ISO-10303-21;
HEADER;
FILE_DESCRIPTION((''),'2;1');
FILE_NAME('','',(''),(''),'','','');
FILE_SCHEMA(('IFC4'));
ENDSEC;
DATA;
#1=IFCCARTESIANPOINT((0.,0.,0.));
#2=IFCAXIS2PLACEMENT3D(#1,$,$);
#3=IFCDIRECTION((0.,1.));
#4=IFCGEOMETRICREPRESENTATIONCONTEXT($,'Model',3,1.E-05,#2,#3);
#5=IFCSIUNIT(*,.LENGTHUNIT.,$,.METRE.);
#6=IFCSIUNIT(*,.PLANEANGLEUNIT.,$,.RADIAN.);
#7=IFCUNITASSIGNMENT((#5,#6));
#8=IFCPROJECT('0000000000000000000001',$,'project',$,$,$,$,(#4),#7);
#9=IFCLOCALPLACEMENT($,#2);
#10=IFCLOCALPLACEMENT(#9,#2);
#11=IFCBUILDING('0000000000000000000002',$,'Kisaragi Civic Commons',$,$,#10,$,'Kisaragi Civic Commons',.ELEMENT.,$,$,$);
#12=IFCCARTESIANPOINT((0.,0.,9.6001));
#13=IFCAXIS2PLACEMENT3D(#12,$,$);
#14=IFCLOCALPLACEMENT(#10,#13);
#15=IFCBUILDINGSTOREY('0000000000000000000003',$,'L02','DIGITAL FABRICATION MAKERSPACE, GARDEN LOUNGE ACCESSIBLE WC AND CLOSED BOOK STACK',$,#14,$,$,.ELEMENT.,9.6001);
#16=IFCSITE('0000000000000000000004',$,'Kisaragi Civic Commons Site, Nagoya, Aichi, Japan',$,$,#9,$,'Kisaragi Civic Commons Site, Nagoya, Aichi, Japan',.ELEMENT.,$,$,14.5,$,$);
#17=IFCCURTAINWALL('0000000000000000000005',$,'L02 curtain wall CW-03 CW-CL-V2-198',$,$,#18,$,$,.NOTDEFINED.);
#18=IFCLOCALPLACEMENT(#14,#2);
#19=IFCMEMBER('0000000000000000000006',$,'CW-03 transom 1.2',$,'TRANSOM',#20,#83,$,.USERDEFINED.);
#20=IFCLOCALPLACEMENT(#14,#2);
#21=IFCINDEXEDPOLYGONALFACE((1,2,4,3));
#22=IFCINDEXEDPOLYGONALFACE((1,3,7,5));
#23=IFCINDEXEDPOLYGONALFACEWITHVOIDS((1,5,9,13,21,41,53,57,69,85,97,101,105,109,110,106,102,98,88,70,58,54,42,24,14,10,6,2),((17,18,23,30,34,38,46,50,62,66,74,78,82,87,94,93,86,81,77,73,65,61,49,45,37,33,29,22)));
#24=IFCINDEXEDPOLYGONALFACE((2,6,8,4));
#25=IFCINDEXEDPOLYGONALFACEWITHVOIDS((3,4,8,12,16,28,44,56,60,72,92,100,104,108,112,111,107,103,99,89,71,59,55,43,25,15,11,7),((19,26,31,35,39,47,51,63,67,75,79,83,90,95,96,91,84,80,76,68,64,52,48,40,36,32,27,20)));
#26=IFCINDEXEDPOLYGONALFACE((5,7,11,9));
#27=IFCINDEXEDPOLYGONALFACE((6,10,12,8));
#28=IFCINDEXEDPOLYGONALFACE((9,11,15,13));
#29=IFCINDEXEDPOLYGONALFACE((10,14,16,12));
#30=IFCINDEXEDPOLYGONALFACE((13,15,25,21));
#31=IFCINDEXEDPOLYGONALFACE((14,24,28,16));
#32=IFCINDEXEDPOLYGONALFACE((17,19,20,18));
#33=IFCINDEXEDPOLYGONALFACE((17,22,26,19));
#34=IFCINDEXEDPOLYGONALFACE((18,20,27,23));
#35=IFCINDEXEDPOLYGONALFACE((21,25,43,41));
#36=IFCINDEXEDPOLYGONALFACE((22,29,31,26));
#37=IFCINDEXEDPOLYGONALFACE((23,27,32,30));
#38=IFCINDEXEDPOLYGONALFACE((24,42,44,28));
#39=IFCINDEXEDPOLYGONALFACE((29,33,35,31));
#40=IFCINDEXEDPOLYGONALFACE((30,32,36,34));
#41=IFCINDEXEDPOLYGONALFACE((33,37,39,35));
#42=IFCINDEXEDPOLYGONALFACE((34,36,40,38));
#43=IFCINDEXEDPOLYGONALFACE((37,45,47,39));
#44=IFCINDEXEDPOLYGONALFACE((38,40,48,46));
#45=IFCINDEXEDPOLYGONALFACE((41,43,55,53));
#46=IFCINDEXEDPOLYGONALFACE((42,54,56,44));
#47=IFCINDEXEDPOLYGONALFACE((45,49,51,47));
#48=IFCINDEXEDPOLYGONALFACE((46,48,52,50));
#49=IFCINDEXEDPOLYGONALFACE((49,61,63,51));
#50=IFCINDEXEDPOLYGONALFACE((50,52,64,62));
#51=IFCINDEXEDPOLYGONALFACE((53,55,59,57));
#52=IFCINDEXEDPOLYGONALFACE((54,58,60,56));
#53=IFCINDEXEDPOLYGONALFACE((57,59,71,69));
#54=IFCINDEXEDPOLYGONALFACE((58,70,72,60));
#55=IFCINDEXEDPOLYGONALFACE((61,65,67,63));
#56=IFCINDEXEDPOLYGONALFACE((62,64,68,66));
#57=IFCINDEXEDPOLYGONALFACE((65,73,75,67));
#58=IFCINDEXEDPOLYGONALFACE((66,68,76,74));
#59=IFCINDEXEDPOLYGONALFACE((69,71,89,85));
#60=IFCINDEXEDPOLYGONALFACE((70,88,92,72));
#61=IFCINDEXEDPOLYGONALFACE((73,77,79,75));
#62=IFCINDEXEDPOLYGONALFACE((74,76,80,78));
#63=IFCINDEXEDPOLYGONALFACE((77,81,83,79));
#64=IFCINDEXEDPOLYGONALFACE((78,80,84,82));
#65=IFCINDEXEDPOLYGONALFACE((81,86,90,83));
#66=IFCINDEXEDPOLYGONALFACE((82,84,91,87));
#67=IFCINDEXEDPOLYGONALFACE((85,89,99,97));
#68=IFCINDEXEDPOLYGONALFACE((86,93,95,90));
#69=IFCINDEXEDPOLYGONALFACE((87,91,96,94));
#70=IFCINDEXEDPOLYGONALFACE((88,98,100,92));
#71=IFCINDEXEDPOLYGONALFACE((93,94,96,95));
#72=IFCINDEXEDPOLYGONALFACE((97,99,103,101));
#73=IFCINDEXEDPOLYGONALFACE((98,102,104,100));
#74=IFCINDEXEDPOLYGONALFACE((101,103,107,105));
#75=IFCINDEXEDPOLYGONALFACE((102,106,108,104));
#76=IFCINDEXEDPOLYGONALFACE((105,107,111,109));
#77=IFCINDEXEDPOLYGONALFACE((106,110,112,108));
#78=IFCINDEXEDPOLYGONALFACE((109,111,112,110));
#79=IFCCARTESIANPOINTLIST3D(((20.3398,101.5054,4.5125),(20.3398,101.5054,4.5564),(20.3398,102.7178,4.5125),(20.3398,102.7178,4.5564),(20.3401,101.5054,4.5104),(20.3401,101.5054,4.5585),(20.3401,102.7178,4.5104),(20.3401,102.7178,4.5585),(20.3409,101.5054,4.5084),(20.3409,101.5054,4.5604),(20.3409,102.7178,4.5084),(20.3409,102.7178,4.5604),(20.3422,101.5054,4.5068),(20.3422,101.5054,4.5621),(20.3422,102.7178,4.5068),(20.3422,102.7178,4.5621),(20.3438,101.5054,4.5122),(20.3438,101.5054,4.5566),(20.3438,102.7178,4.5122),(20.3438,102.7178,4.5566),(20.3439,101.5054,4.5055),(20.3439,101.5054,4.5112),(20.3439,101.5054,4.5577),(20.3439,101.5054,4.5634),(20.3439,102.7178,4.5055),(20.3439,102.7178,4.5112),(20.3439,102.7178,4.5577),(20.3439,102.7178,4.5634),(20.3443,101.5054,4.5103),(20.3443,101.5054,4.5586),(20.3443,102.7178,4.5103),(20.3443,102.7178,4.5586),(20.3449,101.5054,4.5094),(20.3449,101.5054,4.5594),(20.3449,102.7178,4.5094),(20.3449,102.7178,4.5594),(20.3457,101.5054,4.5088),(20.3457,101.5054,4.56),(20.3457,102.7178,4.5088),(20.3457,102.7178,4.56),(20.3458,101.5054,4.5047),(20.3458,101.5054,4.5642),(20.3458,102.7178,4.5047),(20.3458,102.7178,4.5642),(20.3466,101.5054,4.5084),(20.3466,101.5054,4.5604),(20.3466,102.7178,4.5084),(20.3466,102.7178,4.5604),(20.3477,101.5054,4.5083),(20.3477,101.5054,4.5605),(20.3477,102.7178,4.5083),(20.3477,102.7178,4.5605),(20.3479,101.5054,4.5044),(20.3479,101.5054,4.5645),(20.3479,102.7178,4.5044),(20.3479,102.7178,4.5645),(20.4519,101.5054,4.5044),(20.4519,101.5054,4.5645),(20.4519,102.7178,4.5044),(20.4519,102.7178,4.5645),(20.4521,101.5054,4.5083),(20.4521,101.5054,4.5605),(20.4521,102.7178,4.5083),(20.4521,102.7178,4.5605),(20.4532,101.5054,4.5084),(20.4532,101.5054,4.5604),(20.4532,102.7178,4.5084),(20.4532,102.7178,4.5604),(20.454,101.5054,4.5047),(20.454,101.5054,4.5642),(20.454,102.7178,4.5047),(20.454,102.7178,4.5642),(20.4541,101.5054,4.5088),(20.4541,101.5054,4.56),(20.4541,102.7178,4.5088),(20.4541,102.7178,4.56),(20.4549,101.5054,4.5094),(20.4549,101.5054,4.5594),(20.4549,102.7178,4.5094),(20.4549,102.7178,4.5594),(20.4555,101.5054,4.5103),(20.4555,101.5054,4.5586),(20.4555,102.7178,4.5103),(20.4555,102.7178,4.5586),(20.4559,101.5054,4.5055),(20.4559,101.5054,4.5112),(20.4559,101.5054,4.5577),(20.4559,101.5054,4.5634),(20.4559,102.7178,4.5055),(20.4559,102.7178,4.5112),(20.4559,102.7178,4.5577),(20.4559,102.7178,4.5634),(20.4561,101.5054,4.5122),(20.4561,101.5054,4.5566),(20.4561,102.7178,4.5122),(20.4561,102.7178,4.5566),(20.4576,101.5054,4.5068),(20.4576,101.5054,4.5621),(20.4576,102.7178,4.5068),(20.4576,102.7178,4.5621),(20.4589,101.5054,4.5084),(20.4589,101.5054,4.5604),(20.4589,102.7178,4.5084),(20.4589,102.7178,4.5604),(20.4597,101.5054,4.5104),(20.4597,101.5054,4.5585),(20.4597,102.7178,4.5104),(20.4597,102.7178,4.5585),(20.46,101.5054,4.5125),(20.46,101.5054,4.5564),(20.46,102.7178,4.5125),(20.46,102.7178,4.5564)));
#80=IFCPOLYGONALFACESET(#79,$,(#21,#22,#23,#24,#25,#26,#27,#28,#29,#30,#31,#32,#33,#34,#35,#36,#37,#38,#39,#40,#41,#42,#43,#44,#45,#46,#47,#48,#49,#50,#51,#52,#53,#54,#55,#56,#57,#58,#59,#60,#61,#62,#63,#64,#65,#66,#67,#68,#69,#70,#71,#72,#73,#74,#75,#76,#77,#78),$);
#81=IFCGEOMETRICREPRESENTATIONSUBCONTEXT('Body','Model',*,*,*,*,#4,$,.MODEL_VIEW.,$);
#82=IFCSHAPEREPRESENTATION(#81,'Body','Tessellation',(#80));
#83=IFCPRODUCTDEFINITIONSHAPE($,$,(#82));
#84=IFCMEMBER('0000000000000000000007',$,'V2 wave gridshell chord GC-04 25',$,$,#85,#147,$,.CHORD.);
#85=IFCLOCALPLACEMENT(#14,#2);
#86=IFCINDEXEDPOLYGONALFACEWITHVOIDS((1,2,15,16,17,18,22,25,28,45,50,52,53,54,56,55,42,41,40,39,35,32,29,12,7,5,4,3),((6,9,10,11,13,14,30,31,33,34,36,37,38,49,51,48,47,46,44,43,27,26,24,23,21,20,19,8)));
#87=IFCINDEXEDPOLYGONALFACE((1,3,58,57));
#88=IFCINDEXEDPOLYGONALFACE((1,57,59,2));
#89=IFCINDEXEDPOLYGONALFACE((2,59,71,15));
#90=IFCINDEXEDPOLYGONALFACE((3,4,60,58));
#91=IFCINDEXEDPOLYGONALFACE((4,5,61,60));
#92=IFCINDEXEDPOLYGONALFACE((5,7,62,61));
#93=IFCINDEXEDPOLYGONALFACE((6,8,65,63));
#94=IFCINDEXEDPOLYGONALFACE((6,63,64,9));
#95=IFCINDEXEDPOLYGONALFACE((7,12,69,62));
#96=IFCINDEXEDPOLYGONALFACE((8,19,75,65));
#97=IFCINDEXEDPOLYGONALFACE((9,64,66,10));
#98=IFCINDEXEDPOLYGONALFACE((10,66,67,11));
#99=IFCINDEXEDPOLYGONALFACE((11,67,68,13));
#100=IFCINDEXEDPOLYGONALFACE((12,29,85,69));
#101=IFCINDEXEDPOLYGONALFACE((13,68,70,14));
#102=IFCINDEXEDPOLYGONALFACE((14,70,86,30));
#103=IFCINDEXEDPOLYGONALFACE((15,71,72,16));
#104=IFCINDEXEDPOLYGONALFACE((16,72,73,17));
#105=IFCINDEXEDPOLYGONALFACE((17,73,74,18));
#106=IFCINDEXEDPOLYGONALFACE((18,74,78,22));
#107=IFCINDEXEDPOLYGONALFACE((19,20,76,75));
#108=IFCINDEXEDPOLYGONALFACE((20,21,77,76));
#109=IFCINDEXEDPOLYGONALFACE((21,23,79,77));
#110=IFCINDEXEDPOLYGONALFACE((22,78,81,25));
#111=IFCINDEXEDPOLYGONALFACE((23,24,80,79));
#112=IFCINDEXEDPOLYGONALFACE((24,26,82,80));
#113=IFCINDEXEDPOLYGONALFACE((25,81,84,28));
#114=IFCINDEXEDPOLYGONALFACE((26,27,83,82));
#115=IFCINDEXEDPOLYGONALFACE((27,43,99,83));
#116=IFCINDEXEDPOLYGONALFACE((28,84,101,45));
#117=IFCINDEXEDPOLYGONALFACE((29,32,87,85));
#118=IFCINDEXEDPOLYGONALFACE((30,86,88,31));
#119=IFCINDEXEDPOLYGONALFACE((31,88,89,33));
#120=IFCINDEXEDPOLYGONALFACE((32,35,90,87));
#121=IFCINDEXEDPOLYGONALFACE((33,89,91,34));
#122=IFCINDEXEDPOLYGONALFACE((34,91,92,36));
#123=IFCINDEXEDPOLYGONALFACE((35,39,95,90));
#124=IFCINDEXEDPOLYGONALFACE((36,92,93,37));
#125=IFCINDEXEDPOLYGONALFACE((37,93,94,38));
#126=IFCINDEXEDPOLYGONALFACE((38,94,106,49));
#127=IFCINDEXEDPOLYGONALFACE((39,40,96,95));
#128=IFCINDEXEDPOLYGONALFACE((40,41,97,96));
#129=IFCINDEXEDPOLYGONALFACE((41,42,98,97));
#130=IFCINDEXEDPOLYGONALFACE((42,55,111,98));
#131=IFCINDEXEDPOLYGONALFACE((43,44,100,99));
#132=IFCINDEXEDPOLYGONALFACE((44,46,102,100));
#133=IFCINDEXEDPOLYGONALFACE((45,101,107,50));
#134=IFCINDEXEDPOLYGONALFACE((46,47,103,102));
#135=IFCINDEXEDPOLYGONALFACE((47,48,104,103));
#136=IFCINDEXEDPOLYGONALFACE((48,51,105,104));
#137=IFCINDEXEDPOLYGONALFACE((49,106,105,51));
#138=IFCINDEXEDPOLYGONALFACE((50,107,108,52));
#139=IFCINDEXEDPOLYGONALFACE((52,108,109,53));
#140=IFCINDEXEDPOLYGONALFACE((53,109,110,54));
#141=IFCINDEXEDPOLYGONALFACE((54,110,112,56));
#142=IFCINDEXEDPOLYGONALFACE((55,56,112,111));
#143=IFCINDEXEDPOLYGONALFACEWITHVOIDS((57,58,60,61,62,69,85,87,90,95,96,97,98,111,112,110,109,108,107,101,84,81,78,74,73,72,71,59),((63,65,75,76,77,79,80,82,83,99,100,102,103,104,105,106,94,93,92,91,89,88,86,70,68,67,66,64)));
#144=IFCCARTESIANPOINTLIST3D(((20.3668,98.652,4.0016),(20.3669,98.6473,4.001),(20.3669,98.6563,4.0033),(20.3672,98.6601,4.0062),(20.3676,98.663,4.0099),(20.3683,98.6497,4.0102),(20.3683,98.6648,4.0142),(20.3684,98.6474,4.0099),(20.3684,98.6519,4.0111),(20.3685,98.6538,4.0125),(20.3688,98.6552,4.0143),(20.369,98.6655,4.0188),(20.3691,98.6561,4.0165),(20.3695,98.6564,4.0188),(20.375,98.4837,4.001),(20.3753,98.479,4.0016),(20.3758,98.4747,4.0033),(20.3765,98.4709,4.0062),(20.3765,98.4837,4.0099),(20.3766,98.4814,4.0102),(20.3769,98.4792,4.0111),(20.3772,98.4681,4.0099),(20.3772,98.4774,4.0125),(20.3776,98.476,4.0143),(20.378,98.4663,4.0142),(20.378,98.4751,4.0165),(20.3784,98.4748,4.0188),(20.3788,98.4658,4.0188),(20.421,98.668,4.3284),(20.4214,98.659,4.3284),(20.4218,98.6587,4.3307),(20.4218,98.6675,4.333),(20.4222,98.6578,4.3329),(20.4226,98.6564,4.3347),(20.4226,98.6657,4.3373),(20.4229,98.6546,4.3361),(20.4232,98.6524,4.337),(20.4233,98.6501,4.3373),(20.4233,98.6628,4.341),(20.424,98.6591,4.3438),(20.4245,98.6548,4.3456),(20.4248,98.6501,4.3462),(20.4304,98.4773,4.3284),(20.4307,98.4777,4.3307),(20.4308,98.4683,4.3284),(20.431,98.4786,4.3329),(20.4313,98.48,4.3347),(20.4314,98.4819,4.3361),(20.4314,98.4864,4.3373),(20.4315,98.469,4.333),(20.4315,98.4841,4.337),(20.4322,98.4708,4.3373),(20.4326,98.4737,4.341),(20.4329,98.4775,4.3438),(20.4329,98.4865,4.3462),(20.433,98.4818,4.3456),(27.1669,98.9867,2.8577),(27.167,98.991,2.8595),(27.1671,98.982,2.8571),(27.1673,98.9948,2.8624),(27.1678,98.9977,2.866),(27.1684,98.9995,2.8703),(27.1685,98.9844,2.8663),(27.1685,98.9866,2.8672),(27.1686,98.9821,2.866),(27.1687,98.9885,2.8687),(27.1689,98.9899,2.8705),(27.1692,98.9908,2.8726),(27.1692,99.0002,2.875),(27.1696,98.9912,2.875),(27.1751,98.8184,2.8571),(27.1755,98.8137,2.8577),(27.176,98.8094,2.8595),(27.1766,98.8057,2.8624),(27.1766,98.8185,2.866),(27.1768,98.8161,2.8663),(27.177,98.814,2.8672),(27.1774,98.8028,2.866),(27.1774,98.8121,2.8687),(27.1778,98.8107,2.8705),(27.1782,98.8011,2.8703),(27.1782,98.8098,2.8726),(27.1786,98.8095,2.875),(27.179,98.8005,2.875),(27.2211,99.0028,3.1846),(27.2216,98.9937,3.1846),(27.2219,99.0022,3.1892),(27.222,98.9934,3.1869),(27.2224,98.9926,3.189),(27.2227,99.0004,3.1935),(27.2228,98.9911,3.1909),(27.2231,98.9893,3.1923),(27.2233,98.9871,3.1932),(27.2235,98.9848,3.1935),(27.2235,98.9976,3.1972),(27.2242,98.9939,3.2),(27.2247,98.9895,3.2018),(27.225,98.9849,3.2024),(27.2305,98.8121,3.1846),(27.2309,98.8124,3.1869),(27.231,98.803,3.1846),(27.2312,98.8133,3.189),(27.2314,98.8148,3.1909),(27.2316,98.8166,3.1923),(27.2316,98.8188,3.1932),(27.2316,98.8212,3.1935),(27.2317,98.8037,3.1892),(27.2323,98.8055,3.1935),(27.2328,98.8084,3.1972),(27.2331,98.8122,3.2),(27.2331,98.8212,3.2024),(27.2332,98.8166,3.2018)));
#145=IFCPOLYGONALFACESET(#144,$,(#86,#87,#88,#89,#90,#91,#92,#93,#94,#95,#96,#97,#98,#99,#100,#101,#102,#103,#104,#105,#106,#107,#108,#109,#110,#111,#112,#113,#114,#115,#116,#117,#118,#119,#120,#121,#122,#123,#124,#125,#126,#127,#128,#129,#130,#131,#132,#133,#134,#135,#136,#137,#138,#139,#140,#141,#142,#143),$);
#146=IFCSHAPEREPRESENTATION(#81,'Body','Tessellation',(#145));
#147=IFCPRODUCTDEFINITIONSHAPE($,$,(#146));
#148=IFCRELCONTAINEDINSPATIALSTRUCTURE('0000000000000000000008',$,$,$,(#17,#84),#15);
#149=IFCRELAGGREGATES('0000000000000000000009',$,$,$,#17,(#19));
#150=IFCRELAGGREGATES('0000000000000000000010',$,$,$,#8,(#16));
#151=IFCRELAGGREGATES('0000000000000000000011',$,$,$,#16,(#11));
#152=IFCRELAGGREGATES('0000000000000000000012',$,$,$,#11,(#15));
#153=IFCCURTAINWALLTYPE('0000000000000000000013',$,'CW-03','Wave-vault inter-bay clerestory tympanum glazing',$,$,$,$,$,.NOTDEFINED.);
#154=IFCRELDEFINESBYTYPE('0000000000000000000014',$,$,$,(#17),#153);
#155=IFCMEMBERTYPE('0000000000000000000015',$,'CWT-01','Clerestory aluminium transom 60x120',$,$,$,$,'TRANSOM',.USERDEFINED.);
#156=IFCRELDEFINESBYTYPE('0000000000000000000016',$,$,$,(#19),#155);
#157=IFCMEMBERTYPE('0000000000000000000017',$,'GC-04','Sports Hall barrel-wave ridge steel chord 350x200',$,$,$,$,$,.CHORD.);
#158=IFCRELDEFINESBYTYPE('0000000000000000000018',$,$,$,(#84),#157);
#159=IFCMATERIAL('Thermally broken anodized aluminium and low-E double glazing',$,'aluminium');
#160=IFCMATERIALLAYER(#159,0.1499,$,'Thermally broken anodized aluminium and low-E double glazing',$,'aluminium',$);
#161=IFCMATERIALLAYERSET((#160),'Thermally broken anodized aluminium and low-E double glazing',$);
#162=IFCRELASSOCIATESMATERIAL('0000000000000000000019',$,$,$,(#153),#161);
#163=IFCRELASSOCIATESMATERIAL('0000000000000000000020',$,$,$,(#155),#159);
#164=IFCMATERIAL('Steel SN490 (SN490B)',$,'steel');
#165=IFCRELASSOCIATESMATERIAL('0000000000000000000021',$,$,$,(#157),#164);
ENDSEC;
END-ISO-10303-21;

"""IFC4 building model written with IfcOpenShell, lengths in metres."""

from ifc_helpers import new_model, si_unit, direction, frame, origin, origin_2d, place, context, subcontext, project, spatial, hollow_rectangle, extrude, material, layer, layer_set, material_profile, profile_set, type_object, element, aggregate, save


model = new_model("IFC4")

# Units and contexts
model_context = context("Model", 3, precision=1e-05, world=origin(), true_north=direction((0.0, 1.0)))
body_context = subcontext(model_context, "Body", "Model", "MODEL_VIEW")
ifc_project = project(units=[si_unit("LENGTHUNIT", "METRE"), si_unit("PLANEANGLEUNIT", "RADIAN")], contexts=[model_context])

# Site, building, storey
site_placement = place(None, origin())
site = spatial("IfcSite", under=ifc_project, at=site_placement, Name="Kisaragi Civic Commons Site, Nagoya, Aichi, Japan", LongName="Kisaragi Civic Commons Site, Nagoya, Aichi, Japan", CompositionType="ELEMENT", RefElevation=14.5)
building_placement = place(site_placement, origin())
building = spatial("IfcBuilding", under=site, at=building_placement, Name="Kisaragi Civic Commons", LongName="Kisaragi Civic Commons", CompositionType="ELEMENT")
storey_placement = place(building_placement, frame((0.0, 0.0, 9.6001)))
storey = spatial("IfcBuildingStorey", under=building, at=storey_placement, Name="L02", Description="DIGITAL FABRICATION MAKERSPACE, GARDEN LOUNGE ACCESSIBLE WC AND CLOSED BOOK STACK", CompositionType="ELEMENT", Elevation=9.6001)

# Curtain wall, member
ifc_material_1 = material(Name="Thermally broken anodized aluminium and low-E double glazing", Category="aluminium")
ifc_layer_1 = layer(ifc_material_1, 0.1499, Name="Thermally broken anodized aluminium and low-E double glazing", Category="aluminium")
ifc_layer_set_1 = layer_set([ifc_layer_1], Name="Thermally broken anodized aluminium and low-E double glazing")
curtain_wall_type = type_object("IfcCurtainWallType", Name="CW-03", Description="Wave-vault inter-bay clerestory tympanum glazing", PredefinedType="NOTDEFINED", material=ifc_layer_set_1)
curtain_wall_placement = place(storey_placement, origin())
curtain_wall = element("IfcCurtainWall", 1, at=curtain_wall_placement, inside=storey, type_object=curtain_wall_type, Name="L02 curtain wall CW-03 CW-CL-V2-198", PredefinedType="NOTDEFINED")
ifc_material_profile_1 = material_profile(ifc_material_1, hollow_rectangle(XDim=0.1201, YDim=0.0601, WallThickness=0.0039, InnerFilletRadius=0.0039, OuterFilletRadius=0.0081, at=origin_2d()), Name="CWT-60x120x4", Category="aluminium")
ifc_profile_set_1 = profile_set([ifc_material_profile_1], Name="Thermally broken anodized aluminium and low-E double glazing")
member_type_1 = type_object("IfcMemberType", Name="CWT-01", Description="Clerestory aluminium transom 60x120", ElementType="TRANSOM", PredefinedType="USERDEFINED", material=ifc_profile_set_1)
member_1_placement = place(storey_placement, frame((20.3999, 101.5054, 4.5344), z_axis=(0.0, 1.0, 0.0), x_axis=(-1.0, 0.0, 0.0)))
member_1 = element("IfcMember", 2, at=member_1_placement, type_object=member_type_1, Name="CW-03 transom 1.2", ObjectType="TRANSOM", PredefinedType="USERDEFINED", context=body_context, shape_type="SweptSolid", body=[
    extrude(hollow_rectangle(XDim=0.1201, YDim=0.0601, WallThickness=0.0039, InnerFilletRadius=0.0039, OuterFilletRadius=0.0081, at=origin_2d()), origin(), (0.0, 0.0, 1.0), 1.2124),
])
aggregate(curtain_wall, [member_1])

# Member
ifc_material_2 = material(Name="Steel SN490 (SN490B)", Category="steel")
ifc_material_profile_2 = material_profile(ifc_material_2, hollow_rectangle(XDim=0.2, YDim=0.3501, WallThickness=0.009, InnerFilletRadius=0.009, OuterFilletRadius=0.0181, at=origin_2d()), Name="STKR-350x200x9", Category="steel")
ifc_profile_set_2 = profile_set([ifc_material_profile_2], Name="Steel SN490 (SN490B)")
member_type_2 = type_object("IfcMemberType", Name="GC-04", Description="Sports Hall barrel-wave ridge steel chord 350x200", PredefinedType="CHORD", material=ifc_profile_set_2)
member_2_placement = place(storey_placement, frame((20.3999, 98.5669, 4.1736), z_axis=(0.984987, 0.048484, -0.165679), x_axis=(-0.049163, 0.998791, 0.0)))
element("IfcMember", 3, at=member_2_placement, inside=storey, type_object=member_type_2, Name="V2 wave gridshell chord GC-04 25", PredefinedType="CHORD", context=body_context, shape_type="SweptSolid", body=[
    extrude(hollow_rectangle(XDim=0.2, YDim=0.3501, WallThickness=0.009, InnerFilletRadius=0.009, OuterFilletRadius=0.0181, at=origin_2d()), origin(), (0.0, 0.0, 1.0), 6.9038),
])

save(model, "model.ifc")
